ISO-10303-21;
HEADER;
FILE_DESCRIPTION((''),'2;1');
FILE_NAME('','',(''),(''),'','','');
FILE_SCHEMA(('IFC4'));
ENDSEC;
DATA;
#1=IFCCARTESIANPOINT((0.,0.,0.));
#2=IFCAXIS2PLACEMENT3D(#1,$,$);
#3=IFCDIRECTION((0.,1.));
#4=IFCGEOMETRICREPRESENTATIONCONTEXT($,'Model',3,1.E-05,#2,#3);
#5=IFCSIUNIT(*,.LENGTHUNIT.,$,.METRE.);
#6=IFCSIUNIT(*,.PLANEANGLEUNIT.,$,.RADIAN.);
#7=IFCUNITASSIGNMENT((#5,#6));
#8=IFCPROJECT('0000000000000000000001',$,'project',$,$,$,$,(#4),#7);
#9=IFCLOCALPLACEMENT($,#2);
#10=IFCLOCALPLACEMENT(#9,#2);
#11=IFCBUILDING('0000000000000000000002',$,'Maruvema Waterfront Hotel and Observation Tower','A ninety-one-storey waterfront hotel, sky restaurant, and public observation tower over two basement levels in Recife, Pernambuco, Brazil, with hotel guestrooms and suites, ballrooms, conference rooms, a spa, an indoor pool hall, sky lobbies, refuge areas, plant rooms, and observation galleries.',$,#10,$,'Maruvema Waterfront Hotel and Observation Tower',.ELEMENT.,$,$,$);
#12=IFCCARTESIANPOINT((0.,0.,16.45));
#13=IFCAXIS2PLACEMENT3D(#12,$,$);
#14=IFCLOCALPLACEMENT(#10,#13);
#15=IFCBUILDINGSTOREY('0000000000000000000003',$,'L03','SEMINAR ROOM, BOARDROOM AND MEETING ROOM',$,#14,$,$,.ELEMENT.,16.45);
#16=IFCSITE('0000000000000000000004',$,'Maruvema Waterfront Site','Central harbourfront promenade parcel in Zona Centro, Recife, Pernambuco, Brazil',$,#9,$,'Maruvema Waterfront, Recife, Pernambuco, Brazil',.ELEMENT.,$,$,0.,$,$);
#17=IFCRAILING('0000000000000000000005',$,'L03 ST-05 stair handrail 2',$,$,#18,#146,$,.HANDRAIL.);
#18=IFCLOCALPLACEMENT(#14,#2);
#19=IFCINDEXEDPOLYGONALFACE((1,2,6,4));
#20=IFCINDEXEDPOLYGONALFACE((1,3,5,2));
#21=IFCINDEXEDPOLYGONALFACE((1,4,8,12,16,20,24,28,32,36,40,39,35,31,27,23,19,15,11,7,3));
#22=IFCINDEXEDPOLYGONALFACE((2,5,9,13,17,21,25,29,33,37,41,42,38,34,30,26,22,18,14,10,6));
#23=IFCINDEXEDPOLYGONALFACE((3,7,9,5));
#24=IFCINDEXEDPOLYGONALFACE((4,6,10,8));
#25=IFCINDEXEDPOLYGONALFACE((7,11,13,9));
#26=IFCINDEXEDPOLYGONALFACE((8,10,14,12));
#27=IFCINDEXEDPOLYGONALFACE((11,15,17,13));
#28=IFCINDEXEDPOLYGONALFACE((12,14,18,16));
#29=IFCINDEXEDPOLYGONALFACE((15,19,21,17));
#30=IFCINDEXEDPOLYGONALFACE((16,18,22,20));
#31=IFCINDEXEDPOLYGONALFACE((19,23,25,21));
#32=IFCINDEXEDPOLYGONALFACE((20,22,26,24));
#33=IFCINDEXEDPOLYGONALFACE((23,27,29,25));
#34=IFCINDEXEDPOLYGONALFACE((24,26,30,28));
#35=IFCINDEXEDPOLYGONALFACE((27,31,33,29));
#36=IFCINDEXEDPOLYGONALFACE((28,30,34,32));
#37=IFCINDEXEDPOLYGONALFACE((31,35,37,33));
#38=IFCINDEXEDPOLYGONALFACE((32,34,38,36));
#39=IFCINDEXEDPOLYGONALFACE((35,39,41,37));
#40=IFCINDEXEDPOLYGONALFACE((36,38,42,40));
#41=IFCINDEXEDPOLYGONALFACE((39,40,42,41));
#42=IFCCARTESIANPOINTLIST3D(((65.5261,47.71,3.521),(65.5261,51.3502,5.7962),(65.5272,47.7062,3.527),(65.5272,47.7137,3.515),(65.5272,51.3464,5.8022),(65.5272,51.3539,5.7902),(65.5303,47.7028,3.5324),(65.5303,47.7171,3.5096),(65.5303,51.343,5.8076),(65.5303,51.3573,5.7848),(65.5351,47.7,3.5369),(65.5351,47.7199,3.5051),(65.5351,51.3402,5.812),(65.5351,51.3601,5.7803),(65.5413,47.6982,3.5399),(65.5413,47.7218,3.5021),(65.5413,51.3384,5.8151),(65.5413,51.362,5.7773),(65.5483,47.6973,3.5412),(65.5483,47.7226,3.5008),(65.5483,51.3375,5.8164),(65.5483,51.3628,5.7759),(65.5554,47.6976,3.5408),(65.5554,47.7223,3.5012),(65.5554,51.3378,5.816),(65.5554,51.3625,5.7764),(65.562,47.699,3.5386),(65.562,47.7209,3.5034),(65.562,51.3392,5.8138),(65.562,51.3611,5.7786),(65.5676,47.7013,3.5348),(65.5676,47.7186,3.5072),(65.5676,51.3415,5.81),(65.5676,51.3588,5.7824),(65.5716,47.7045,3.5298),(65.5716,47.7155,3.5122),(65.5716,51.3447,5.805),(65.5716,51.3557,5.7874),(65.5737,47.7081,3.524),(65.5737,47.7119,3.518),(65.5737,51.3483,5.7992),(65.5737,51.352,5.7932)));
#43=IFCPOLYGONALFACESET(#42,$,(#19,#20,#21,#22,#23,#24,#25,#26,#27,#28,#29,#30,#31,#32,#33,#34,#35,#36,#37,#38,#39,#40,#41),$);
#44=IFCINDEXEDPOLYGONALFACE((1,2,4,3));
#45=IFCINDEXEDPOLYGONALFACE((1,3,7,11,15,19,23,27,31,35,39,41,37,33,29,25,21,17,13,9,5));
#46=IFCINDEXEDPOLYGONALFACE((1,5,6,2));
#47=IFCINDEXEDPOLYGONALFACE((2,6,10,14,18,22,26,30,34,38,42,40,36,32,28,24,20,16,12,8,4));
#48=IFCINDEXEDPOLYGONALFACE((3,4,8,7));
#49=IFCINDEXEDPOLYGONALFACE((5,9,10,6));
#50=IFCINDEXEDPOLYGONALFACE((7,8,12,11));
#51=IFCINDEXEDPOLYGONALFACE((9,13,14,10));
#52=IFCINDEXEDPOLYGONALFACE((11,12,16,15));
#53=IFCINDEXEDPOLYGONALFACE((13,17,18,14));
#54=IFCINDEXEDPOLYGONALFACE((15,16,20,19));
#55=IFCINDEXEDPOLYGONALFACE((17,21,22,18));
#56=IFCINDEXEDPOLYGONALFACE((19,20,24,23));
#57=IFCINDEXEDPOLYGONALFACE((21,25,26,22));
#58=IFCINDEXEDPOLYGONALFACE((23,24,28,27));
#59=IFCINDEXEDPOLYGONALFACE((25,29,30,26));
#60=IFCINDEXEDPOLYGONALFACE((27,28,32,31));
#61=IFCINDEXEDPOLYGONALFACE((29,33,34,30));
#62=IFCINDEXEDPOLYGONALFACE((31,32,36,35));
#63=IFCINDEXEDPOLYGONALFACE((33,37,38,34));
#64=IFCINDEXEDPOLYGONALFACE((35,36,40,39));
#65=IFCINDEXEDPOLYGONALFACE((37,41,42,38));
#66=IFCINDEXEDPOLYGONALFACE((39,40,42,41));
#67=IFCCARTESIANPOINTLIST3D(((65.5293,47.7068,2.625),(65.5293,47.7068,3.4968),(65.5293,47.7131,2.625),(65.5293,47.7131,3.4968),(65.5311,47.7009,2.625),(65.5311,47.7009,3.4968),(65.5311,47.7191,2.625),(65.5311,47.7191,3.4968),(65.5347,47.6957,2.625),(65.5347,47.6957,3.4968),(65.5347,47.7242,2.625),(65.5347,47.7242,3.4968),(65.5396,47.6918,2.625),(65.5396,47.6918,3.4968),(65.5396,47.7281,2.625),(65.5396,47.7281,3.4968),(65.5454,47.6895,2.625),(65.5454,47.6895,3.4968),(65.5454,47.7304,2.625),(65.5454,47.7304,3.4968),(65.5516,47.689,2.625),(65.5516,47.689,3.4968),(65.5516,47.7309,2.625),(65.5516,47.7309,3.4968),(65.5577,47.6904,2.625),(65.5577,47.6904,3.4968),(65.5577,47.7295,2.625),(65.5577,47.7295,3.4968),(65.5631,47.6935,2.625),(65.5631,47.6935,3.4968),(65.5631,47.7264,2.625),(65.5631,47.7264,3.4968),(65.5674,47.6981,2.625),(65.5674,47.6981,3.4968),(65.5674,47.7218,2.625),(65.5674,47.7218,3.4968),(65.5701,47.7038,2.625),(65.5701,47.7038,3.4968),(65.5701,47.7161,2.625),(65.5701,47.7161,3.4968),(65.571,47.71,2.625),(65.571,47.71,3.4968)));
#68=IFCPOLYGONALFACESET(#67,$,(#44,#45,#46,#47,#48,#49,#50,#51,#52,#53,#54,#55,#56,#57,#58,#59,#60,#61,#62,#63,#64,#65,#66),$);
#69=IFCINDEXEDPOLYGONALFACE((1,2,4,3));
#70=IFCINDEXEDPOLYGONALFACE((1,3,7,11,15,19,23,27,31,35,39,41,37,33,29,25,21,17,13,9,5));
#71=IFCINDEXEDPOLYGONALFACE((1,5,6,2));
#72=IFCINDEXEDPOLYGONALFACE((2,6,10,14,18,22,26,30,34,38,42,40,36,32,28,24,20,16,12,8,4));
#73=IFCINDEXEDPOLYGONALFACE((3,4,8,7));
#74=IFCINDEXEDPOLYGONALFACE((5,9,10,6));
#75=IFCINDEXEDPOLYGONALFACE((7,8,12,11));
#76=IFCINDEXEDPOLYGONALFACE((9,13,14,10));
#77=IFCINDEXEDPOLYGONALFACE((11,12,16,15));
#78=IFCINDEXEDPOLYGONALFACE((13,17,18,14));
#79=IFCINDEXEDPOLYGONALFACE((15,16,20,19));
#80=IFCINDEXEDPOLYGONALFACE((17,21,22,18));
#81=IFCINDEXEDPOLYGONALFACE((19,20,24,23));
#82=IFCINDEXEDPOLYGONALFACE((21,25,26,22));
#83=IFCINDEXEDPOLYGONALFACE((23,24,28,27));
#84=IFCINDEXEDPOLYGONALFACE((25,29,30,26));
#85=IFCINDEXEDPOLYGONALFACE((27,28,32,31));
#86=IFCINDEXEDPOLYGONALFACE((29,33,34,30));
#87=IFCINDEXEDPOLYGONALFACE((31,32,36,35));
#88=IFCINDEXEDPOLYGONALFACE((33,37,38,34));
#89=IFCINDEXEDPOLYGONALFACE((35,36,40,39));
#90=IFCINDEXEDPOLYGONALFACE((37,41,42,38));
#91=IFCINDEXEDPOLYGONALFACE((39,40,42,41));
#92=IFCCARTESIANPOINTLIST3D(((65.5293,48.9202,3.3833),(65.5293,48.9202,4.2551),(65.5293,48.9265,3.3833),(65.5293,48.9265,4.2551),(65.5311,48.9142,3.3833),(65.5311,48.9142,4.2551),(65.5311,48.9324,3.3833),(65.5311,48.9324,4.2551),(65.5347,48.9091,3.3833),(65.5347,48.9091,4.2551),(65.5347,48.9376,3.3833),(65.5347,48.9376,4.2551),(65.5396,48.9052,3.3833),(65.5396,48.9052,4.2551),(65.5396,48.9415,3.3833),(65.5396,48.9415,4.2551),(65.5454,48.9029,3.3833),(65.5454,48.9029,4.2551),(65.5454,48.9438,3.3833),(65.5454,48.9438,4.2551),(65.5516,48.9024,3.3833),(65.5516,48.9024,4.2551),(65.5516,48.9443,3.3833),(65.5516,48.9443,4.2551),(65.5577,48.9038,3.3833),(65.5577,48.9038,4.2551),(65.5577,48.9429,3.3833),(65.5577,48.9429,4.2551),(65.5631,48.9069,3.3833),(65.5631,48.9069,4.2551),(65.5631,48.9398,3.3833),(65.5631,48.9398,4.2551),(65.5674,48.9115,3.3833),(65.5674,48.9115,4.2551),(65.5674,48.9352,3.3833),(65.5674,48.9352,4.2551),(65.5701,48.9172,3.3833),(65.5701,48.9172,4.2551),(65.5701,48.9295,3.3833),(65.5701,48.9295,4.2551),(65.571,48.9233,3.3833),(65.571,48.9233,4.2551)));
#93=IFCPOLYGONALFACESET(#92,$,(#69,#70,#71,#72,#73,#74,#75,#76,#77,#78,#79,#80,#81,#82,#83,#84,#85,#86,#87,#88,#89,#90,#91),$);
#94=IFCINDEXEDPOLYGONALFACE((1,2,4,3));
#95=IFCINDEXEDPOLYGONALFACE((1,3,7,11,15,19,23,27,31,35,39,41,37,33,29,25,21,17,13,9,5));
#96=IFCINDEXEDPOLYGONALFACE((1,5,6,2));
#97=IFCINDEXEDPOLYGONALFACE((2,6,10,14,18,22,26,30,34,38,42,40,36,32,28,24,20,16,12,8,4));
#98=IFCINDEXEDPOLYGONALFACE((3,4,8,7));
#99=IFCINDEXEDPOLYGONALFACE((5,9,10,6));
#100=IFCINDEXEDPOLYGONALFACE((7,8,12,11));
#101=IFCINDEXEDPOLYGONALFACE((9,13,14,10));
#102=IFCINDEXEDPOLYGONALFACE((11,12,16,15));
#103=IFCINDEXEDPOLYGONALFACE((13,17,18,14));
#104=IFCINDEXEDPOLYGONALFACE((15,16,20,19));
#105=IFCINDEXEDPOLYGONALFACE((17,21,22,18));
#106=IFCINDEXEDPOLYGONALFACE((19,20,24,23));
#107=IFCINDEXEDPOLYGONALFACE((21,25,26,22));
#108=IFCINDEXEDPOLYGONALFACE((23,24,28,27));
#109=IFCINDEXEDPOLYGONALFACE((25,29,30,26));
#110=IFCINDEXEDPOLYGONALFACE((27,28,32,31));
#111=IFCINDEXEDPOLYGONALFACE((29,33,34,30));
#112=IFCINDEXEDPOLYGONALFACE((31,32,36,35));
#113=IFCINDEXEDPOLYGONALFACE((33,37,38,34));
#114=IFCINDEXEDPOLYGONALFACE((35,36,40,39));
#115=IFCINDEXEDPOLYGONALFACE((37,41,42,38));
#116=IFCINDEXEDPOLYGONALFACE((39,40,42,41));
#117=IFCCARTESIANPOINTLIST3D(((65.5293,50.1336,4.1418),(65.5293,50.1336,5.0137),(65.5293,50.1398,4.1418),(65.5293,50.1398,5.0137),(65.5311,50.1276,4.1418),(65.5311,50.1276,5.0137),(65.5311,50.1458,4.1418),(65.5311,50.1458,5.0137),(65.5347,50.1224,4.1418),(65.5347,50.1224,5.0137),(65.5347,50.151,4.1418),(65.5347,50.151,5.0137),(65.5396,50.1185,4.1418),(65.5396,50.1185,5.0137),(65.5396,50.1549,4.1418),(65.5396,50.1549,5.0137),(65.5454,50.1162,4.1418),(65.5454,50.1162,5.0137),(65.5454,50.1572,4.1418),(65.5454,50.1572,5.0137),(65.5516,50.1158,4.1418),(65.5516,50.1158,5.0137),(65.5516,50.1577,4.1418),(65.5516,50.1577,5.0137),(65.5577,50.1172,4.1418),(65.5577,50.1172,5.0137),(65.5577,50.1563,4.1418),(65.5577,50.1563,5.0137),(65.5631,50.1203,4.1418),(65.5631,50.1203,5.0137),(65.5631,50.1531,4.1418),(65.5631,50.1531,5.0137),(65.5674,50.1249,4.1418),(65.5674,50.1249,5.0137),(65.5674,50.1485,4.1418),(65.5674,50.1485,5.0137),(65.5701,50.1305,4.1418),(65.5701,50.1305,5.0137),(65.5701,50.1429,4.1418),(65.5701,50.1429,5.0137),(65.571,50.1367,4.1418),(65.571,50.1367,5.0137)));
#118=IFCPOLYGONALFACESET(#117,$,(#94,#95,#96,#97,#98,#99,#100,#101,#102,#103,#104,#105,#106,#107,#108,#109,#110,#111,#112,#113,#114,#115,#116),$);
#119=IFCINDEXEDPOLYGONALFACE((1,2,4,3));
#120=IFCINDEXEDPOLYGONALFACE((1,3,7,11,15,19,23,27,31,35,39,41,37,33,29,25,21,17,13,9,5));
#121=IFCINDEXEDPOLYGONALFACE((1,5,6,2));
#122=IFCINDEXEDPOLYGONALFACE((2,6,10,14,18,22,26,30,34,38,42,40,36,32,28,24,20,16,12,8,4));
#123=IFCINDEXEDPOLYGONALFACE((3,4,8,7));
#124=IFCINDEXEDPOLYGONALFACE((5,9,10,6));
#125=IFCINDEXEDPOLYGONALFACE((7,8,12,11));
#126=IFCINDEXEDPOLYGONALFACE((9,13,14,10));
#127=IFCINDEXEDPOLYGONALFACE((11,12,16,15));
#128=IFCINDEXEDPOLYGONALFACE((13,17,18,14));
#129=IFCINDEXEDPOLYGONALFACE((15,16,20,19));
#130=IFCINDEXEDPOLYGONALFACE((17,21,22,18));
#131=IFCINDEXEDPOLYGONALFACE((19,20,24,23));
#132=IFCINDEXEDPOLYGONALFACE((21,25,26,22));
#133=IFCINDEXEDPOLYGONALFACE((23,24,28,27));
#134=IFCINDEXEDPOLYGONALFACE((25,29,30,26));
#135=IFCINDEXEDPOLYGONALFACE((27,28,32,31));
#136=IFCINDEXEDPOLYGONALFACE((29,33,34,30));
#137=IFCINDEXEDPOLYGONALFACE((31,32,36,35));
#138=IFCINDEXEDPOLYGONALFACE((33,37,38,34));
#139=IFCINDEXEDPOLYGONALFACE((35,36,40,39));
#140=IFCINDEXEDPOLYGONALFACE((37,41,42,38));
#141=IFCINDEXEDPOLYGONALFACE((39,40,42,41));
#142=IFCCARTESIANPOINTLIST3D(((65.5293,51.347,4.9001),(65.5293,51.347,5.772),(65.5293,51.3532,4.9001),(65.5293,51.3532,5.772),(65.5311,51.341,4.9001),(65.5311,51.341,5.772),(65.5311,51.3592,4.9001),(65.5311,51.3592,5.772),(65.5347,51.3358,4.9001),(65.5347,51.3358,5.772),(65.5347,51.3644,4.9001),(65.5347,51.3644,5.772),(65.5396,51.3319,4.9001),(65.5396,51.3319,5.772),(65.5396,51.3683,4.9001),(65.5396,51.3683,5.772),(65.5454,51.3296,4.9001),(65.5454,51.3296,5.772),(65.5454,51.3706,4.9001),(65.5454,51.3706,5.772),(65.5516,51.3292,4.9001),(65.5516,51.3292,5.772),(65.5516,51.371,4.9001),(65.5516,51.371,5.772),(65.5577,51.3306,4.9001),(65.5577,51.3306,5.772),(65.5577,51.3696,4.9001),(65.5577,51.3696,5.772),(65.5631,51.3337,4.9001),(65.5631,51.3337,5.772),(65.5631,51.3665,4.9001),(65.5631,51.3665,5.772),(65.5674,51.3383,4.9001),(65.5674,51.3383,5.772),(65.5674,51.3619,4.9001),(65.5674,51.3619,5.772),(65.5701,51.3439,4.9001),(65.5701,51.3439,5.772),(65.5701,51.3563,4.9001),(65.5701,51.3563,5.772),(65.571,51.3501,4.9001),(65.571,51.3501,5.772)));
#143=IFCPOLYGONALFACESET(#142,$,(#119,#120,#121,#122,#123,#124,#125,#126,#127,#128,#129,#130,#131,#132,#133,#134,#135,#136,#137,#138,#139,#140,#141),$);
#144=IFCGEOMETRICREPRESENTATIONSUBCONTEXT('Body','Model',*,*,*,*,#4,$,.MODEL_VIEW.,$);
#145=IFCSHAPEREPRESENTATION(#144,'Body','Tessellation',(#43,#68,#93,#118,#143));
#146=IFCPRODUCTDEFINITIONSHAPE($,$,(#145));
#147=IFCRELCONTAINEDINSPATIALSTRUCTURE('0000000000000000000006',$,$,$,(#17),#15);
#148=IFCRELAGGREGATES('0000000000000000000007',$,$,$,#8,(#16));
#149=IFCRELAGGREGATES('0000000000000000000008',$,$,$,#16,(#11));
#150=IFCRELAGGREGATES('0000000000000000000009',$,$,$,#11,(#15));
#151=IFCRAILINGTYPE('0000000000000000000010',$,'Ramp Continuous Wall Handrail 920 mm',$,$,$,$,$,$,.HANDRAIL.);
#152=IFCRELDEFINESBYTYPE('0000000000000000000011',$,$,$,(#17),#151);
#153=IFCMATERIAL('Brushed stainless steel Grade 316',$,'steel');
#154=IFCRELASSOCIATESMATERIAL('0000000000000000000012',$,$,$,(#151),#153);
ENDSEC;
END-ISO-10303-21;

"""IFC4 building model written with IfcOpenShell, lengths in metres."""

from ifc_helpers import new_model, si_unit, direction, frame, origin, origin_2d, place, context, subcontext, project, spatial, circle, extrude, material, type_object, element, save


model = new_model("IFC4")

# Units and contexts
model_context = context("Model", 3, precision=1e-05, world=origin(), true_north=direction((0.0, 1.0)))
body_context = subcontext(model_context, "Body", "Model", "MODEL_VIEW")
ifc_project = project(units=[si_unit("LENGTHUNIT", "METRE"), si_unit("PLANEANGLEUNIT", "RADIAN")], contexts=[model_context])

# Site, building, storey
site_placement = place(None, origin())
site = spatial("IfcSite", under=ifc_project, at=site_placement, Name="Maruvema Waterfront Site", Description="Central harbourfront promenade parcel in Zona Centro, Recife, Pernambuco, Brazil", LongName="Maruvema Waterfront, Recife, Pernambuco, Brazil", CompositionType="ELEMENT", RefElevation=0.0)
building_placement = place(site_placement, origin())
building = spatial("IfcBuilding", under=site, at=building_placement, Name="Maruvema Waterfront Hotel and Observation Tower", Description="A ninety-one-storey waterfront hotel, sky restaurant, and public observation tower over two basement levels in Recife, Pernambuco, Brazil, with hotel guestrooms and suites, ballrooms, conference rooms, a spa, an indoor pool hall, sky lobbies, refuge areas, plant rooms, and observation galleries.", LongName="Maruvema Waterfront Hotel and Observation Tower", CompositionType="ELEMENT")
storey_placement = place(building_placement, frame((0.0, 0.0, 16.45)))
storey = spatial("IfcBuildingStorey", under=building, at=storey_placement, Name="L03", Description="SEMINAR ROOM, BOARDROOM AND MEETING ROOM", CompositionType="ELEMENT", Elevation=16.45)

# Railing
ifc_material_1 = material(Name="Brushed stainless steel Grade 316", Category="steel")
railing_type_1 = type_object("IfcRailingType", Name="Ramp Continuous Wall Handrail 920 mm", PredefinedType="HANDRAIL", material=ifc_material_1)
railing_1_placement = place(storey_placement, frame((65.55, 47.71, 2.625)))
element("IfcRailing", 1, at=railing_1_placement, inside=storey, type_object=railing_type_1, Name="L03 ST-05 stair handrail 2", PredefinedType="HANDRAIL", context=body_context, shape_type="SweptSolid", body=[
    extrude(circle(Radius=0.0239, at=origin_2d()), frame((0.0, 0.0, 0.896), z_axis=(0.0, 0.847992, 0.530009), x_axis=(-1.0, 0.0, 0.0)), (0.0, 0.0, 1.0), 4.2927),
    extrude(circle(Radius=0.021, at=origin_2d()), origin(), (0.0, 0.0, 1.0), 0.8718),
    extrude(circle(Radius=0.021, at=origin_2d()), frame((0.0, 1.2134, 0.7583)), (0.0, 0.0, 1.0), 0.8718),
    extrude(circle(Radius=0.021, at=origin_2d()), frame((0.0, 2.4268, 1.5168)), (0.0, 0.0, 1.0), 0.8718),
    extrude(circle(Radius=0.021, at=origin_2d()), frame((0.0, 3.6401, 2.2751)), (0.0, 0.0, 1.0), 0.8718),
])

save(model, "model.ifc")
